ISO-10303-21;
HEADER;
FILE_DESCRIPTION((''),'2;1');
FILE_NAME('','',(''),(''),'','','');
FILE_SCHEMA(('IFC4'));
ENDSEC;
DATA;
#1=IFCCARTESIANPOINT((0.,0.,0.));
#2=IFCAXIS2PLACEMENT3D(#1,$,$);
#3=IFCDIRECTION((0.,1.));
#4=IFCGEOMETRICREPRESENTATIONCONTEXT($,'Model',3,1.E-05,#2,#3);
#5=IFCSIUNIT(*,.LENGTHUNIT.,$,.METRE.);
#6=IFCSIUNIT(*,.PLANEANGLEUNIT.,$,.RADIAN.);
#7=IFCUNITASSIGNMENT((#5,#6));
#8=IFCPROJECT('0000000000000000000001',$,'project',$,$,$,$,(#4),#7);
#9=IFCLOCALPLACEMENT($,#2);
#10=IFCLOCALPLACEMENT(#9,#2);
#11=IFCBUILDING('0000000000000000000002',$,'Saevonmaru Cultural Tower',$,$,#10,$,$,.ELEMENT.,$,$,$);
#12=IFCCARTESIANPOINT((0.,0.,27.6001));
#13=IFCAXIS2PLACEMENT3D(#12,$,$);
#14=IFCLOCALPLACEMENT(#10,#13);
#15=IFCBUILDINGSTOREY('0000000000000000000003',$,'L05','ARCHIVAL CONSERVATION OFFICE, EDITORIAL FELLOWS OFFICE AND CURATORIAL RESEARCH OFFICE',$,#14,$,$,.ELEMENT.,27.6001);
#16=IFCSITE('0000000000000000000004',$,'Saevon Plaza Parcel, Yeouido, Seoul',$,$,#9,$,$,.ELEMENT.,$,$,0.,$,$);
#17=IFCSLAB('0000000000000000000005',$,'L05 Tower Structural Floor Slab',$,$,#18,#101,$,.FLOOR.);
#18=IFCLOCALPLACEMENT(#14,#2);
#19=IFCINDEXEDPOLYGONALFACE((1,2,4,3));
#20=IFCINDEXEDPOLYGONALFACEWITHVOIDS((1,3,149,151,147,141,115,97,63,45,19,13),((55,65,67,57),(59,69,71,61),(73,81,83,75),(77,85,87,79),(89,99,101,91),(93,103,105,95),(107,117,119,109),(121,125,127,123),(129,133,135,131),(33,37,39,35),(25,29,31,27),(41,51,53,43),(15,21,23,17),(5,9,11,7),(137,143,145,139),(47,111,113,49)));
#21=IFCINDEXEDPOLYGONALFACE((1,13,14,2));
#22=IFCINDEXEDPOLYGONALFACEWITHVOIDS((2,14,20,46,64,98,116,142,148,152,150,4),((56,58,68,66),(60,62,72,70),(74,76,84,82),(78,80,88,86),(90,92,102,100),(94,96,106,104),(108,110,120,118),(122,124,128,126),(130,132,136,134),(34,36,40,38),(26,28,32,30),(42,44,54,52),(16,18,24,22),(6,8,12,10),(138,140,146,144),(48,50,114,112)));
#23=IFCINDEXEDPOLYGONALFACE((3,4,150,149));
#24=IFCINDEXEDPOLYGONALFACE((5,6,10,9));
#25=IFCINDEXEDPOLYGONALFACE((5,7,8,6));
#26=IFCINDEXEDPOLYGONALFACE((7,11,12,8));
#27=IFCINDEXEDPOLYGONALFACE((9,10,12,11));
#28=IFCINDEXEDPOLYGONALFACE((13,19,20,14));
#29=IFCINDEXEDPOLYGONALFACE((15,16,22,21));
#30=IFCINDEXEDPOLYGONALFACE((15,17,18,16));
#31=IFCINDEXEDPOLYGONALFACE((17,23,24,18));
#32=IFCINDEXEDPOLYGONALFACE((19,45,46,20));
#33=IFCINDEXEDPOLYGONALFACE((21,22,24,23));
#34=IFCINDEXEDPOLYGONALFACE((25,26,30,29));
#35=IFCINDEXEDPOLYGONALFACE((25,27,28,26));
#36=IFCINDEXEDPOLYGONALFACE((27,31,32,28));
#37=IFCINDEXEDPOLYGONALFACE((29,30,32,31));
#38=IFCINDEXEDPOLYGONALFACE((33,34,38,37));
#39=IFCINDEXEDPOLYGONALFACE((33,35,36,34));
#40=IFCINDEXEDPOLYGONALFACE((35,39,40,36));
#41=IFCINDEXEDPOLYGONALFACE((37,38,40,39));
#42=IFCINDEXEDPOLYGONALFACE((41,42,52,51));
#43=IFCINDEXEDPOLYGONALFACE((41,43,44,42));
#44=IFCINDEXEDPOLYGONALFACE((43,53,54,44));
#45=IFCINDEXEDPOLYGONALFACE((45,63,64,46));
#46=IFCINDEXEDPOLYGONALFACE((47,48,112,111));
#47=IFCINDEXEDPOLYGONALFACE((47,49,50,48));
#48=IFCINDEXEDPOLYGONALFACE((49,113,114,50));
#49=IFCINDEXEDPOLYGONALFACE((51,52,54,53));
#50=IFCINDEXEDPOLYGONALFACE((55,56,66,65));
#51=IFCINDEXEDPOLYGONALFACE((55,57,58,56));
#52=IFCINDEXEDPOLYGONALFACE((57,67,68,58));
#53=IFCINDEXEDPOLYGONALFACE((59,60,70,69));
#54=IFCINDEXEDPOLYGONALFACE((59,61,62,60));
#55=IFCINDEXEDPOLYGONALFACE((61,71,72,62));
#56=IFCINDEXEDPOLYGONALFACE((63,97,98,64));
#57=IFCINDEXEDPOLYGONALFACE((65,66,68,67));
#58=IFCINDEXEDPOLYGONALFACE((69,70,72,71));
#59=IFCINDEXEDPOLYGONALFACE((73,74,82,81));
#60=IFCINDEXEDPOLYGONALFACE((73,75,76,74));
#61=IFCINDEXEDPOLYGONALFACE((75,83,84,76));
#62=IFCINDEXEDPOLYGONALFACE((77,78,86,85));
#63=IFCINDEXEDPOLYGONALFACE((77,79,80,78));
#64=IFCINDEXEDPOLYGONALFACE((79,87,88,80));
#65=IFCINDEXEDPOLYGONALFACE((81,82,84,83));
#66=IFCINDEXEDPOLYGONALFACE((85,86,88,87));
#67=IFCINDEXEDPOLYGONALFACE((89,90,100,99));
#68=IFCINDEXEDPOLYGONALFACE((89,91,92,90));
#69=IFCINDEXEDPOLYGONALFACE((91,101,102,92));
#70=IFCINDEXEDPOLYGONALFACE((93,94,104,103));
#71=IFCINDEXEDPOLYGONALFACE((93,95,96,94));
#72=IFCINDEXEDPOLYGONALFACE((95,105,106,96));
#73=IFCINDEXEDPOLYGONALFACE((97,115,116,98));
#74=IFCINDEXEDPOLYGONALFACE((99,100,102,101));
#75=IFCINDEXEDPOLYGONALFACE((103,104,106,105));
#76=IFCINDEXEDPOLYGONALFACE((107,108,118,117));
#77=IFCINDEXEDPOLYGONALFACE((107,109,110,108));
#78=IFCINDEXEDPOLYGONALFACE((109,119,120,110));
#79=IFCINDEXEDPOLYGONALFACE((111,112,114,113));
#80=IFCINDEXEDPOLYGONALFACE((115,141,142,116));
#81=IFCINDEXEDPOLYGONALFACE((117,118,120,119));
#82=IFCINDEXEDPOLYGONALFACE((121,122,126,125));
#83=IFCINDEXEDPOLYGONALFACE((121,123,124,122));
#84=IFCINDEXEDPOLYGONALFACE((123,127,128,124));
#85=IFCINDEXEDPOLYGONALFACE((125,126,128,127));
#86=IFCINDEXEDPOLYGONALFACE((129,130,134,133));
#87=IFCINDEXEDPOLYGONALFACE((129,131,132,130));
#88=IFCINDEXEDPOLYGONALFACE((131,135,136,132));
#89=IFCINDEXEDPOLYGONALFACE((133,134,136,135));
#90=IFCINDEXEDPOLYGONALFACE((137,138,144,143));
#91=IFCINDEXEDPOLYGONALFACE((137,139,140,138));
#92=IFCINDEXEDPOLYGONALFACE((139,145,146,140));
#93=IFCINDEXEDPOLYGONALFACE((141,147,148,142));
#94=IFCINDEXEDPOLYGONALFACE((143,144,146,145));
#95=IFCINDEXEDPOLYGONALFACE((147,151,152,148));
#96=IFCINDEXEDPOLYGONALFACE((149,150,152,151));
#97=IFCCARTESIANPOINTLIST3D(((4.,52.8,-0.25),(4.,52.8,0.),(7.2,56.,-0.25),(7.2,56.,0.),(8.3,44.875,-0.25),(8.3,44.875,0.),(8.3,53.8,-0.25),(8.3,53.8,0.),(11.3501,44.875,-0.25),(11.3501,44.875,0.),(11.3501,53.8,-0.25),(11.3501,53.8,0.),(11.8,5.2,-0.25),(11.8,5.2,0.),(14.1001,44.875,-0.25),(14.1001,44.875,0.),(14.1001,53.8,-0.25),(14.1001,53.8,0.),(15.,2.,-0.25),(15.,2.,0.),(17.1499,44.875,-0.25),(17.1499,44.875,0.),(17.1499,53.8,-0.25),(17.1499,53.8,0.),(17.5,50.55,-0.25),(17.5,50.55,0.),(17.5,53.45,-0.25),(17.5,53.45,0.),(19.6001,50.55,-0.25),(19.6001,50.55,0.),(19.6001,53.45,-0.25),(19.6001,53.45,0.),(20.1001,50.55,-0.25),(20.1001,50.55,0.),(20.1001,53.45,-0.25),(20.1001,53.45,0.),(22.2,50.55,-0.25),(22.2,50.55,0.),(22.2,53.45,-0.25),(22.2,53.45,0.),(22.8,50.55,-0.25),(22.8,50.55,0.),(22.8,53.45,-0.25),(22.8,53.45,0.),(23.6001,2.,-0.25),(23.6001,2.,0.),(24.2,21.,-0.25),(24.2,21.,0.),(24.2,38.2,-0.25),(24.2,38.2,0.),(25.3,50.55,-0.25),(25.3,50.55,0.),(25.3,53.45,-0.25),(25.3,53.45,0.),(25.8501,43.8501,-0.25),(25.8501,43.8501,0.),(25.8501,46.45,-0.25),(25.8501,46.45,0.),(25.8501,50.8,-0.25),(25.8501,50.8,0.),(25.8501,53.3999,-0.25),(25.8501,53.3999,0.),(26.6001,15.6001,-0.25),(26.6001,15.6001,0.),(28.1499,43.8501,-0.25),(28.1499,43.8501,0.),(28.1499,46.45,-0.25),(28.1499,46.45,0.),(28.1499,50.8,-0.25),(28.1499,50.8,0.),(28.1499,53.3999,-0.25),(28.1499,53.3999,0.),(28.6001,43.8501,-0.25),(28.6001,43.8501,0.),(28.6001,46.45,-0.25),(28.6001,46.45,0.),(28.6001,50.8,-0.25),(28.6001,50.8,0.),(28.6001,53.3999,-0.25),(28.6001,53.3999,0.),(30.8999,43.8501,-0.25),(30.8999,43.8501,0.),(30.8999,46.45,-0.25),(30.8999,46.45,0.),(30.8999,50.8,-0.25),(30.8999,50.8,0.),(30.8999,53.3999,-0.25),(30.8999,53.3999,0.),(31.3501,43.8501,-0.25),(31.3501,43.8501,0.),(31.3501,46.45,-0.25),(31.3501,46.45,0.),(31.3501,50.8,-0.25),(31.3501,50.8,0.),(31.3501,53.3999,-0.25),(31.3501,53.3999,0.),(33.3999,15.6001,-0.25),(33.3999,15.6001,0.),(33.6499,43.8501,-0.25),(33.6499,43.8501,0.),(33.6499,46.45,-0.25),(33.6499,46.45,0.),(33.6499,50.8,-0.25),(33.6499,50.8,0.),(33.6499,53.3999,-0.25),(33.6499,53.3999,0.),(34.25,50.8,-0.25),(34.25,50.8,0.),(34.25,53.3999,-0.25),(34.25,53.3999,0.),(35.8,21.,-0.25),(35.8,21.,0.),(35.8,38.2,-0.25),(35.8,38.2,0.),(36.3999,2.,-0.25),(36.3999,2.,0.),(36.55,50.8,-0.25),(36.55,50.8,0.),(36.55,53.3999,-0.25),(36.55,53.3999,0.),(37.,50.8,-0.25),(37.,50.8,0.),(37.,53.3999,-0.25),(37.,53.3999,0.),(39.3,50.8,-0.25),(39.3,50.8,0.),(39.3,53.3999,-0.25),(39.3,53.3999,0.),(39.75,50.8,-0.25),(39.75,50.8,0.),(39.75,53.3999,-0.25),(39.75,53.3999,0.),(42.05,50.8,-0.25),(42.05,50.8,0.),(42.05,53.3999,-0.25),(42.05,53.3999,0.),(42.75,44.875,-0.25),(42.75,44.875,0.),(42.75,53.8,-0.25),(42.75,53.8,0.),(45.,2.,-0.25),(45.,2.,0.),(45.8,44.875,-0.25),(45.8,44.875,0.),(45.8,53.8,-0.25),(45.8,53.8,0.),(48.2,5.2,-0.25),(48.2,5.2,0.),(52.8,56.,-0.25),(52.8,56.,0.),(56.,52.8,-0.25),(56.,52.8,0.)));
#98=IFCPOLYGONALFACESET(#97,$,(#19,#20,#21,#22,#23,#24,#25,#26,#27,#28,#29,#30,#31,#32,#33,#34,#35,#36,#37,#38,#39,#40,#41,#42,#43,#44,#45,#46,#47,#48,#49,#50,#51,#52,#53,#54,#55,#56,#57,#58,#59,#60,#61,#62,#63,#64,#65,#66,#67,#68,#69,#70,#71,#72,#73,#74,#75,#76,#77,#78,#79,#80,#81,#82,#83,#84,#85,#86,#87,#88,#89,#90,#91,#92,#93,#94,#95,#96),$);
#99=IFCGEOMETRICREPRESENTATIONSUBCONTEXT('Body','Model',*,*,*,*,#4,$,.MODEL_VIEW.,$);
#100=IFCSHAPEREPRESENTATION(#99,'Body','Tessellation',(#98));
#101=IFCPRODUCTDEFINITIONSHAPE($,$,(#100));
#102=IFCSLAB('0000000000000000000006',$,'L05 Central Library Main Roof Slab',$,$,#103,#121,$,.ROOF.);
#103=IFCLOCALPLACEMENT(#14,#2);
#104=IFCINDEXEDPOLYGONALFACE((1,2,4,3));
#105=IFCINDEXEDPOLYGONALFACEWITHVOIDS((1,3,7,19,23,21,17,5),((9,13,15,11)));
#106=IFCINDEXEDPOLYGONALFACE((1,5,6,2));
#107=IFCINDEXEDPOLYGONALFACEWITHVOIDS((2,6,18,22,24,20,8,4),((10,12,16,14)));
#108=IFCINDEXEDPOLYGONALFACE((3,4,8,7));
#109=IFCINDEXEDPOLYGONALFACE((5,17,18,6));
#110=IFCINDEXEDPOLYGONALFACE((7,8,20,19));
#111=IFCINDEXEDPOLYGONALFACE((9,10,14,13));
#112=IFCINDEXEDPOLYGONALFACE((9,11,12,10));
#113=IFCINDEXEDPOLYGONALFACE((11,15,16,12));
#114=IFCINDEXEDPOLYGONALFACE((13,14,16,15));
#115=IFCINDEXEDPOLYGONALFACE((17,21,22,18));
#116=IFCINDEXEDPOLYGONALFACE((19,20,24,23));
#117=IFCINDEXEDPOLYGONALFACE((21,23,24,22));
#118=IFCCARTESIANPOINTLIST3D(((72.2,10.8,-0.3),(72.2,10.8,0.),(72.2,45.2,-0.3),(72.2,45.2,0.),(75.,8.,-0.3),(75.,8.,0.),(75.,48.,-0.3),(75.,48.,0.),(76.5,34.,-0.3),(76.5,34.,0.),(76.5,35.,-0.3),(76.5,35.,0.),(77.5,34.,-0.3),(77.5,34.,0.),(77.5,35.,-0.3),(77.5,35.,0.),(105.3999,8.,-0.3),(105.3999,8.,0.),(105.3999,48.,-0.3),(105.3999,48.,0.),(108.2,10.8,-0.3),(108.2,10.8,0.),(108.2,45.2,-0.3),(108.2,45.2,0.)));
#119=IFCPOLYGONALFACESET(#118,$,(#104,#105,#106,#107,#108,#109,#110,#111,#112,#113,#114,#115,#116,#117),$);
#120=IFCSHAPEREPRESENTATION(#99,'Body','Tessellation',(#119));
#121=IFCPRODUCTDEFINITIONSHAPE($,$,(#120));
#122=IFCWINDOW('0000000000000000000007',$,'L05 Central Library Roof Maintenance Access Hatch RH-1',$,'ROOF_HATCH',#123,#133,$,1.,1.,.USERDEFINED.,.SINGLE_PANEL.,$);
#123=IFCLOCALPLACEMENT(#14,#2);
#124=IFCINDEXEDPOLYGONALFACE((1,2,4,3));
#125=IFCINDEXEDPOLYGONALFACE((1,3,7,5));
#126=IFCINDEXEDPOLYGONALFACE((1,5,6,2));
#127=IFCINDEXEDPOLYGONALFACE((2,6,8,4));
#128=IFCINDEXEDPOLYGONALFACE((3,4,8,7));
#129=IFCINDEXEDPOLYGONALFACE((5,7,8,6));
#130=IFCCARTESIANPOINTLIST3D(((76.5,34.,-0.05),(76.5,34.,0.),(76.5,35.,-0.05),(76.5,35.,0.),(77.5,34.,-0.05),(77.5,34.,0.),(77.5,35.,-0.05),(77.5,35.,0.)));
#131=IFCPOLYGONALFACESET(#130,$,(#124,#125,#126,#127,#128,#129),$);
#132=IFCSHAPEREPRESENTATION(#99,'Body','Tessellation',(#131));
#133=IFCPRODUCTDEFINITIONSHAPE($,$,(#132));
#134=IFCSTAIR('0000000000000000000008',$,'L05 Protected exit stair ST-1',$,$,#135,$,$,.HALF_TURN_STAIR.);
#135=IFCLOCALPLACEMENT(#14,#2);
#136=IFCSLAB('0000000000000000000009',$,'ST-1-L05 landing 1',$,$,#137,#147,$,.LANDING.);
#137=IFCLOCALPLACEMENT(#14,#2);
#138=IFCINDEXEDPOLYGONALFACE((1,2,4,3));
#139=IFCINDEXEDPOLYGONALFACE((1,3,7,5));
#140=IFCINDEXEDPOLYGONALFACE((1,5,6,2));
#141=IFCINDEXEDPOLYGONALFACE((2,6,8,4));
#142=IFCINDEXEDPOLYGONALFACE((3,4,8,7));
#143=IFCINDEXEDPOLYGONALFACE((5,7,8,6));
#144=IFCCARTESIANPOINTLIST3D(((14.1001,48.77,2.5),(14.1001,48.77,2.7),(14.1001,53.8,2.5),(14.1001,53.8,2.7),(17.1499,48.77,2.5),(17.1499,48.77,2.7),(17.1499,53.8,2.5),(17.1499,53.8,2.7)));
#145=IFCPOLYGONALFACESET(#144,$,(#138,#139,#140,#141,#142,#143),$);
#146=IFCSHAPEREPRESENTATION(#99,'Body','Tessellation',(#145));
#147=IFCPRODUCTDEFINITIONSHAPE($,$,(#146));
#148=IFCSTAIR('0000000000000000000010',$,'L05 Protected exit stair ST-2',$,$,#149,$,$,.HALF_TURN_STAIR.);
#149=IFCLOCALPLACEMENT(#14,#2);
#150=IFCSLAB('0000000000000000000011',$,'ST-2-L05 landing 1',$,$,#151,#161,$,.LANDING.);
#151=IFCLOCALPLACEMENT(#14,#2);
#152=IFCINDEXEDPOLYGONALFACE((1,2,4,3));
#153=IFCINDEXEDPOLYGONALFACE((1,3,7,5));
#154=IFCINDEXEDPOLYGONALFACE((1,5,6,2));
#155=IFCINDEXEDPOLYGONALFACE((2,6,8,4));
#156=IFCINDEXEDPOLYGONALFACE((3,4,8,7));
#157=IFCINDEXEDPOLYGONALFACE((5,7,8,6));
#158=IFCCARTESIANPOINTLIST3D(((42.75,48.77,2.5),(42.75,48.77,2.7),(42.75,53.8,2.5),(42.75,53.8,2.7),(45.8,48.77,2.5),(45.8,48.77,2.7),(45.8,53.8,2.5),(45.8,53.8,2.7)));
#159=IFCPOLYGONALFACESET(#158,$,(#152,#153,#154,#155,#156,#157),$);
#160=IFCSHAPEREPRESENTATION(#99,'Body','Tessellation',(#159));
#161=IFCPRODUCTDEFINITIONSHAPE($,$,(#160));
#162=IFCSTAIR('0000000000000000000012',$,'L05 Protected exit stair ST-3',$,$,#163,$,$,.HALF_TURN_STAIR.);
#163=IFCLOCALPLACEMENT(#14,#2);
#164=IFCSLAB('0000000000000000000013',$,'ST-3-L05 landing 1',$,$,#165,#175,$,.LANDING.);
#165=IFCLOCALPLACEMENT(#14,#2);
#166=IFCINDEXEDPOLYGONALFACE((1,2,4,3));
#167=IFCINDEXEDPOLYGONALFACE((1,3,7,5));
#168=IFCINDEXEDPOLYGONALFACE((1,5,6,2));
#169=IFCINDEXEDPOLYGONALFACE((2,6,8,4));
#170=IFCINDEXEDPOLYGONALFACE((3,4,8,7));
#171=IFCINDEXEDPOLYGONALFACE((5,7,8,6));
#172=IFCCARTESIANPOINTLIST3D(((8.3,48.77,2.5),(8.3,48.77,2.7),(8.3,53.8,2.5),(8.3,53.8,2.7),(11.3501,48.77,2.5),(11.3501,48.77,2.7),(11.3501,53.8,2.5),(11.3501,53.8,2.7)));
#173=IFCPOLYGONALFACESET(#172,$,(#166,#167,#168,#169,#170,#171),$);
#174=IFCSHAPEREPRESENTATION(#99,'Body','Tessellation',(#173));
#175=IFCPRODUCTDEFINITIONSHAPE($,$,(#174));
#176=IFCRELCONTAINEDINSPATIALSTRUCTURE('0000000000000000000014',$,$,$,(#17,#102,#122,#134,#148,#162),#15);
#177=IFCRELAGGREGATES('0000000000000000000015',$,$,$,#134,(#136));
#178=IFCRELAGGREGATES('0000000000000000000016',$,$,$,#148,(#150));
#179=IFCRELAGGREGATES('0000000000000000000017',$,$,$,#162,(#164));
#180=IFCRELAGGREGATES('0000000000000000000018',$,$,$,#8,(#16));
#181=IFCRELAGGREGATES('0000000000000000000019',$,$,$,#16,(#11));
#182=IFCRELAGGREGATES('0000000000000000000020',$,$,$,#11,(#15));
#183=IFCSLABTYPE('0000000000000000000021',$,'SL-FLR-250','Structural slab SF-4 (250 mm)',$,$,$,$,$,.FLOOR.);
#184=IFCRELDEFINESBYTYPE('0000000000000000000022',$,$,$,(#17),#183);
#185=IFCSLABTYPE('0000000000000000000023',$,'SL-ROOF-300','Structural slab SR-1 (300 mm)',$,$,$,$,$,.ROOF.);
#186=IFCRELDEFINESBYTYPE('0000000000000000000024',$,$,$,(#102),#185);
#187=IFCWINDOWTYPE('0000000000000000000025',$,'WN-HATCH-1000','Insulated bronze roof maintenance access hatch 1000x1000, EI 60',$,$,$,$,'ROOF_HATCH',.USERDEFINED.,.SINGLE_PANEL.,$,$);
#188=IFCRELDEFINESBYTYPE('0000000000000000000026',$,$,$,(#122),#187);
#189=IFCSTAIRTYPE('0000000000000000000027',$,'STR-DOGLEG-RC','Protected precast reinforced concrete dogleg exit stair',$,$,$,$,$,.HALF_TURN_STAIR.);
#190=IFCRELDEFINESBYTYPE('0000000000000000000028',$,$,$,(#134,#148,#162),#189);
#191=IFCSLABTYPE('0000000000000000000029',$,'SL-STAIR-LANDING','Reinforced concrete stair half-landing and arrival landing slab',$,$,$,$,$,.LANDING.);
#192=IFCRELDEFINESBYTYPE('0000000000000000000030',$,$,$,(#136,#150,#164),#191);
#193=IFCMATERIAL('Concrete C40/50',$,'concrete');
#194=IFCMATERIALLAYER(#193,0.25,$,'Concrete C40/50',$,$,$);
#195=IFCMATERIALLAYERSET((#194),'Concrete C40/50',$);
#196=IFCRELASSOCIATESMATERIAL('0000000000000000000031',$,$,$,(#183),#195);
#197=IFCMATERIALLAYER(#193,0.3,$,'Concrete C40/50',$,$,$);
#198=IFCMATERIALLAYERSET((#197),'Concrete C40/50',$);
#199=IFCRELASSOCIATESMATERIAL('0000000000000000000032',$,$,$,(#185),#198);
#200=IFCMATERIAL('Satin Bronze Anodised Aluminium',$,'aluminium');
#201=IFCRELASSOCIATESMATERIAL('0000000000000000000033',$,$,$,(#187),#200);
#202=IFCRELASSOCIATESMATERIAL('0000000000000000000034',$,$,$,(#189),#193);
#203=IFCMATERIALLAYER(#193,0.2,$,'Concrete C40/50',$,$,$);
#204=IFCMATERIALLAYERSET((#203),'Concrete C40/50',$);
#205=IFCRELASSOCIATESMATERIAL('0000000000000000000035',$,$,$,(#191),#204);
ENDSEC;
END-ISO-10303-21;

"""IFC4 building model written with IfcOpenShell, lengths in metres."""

from ifc_helpers import new_model, si_unit, direction, frame, origin, origin_2d, place, context, subcontext, project, spatial, polyline, rectangle, outline, extrude, material, layer, layer_set, type_object, element, fill, aggregate, save


model = new_model("IFC4")

# Units and contexts
model_context = context("Model", 3, precision=1e-05, world=origin(), true_north=direction((0.0, 1.0)))
body_context = subcontext(model_context, "Body", "Model", "MODEL_VIEW")
ifc_project = project(units=[si_unit("LENGTHUNIT", "METRE"), si_unit("PLANEANGLEUNIT", "RADIAN")], contexts=[model_context])

# Site, building, storey
site_placement = place(None, origin())
site = spatial("IfcSite", under=ifc_project, at=site_placement, Name="Saevon Plaza Parcel, Yeouido, Seoul", CompositionType="ELEMENT", RefElevation=0.0)
building_placement = place(site_placement, origin())
building = spatial("IfcBuilding", under=site, at=building_placement, Name="Saevonmaru Cultural Tower", CompositionType="ELEMENT")
storey_placement = place(building_placement, frame((0.0, 0.0, 27.6001)))
storey = spatial("IfcBuildingStorey", under=building, at=storey_placement, Name="L05", Description="ARCHIVAL CONSERVATION OFFICE, EDITORIAL FELLOWS OFFICE AND CURATORIAL RESEARCH OFFICE", CompositionType="ELEMENT", Elevation=27.6001)

# Slab
ifc_material_1 = material(Name="Concrete C40/50", Category="concrete")
ifc_layer_1 = layer(ifc_material_1, 0.25, Name="Concrete C40/50")
ifc_layer_set_1 = layer_set([ifc_layer_1], Name="Concrete C40/50")
slab_type_1 = type_object("IfcSlabType", Name="SL-FLR-250", Description="Structural slab SF-4 (250 mm)", PredefinedType="FLOOR", material=ifc_layer_set_1)
slab_1_placement = place(storey_placement, frame((0.0, 0.0, -0.25)))
element("IfcSlab", 1, at=slab_1_placement, inside=storey, type_object=slab_type_1, Name="L05 Tower Structural Floor Slab", PredefinedType="FLOOR", context=body_context, shape_type="SweptSolid", body=[
    extrude(outline(polyline([(11.8, 5.2), (15.0, 2.0), (23.6001, 2.0), (26.6001, 15.6001), (33.3999, 15.6001), (36.3999, 2.0), (45.0, 2.0), (48.2, 5.2), (56.0, 52.8), (52.8, 56.0), (7.2, 56.0), (4.0, 52.8), (11.8, 5.2)]), holes=[polyline([(45.8, 44.875), (42.75, 44.875), (42.75, 53.8), (45.8, 53.8), (45.8, 44.875)]), polyline([(39.75, 50.8), (39.75, 53.3999), (42.05, 53.3999), (42.05, 50.8), (39.75, 50.8)]), polyline([(37.0, 50.8), (37.0, 53.3999), (39.3, 53.3999), (39.3, 50.8), (37.0, 50.8)]), polyline([(34.25, 50.8), (34.25, 53.3999), (36.55, 53.3999), (36.55, 50.8), (34.25, 50.8)]), polyline([(24.2, 21.0), (24.2, 38.2), (35.8, 38.2), (35.8, 21.0), (24.2, 21.0)]), polyline([(31.3501, 50.8), (31.3501, 53.3999), (33.6499, 53.3999), (33.6499, 50.8), (31.3501, 50.8)]), polyline([(31.3501, 43.8501), (31.3501, 46.45), (33.6499, 46.45), (33.6499, 43.8501), (31.3501, 43.8501)]), polyline([(28.6001, 43.8501), (28.6001, 46.45), (30.8999, 46.45), (30.8999, 43.8501), (28.6001, 43.8501)]), polyline([(28.6001, 50.8), (28.6001, 53.3999), (30.8999, 53.3999), (30.8999, 50.8), (28.6001, 50.8)]), polyline([(25.8501, 50.8), (25.8501, 53.3999), (28.1499, 53.3999), (28.1499, 50.8), (25.8501, 50.8)]), polyline([(25.8501, 43.8501), (25.8501, 46.45), (28.1499, 46.45), (28.1499, 43.8501), (25.8501, 43.8501)]), polyline([(22.8, 50.55), (22.8, 53.45), (25.3, 53.45), (25.3, 50.55), (22.8, 50.55)]), polyline([(20.1001, 50.55), (20.1001, 53.45), (22.2, 53.45), (22.2, 50.55), (20.1001, 50.55)]), polyline([(17.5, 50.55), (17.5, 53.45), (19.6001, 53.45), (19.6001, 50.55), (17.5, 50.55)]), polyline([(17.1499, 44.875), (14.1001, 44.875), (14.1001, 53.8), (17.1499, 53.8), (17.1499, 44.875)]), polyline([(11.3501, 44.875), (8.3, 44.875), (8.3, 53.8), (11.3501, 53.8), (11.3501, 44.875)])]), origin(), (0.0, 0.0, 1.0), 0.25),
])

# Slab, opening, window
ifc_layer_2 = layer(ifc_material_1, 0.3, Name="Concrete C40/50")
ifc_layer_set_2 = layer_set([ifc_layer_2], Name="Concrete C40/50")
slab_type_2 = type_object("IfcSlabType", Name="SL-ROOF-300", Description="Structural slab SR-1 (300 mm)", PredefinedType="ROOF", material=ifc_layer_set_2)
slab_2_placement = place(storey_placement, frame((0.0, 0.0, -0.3)))
slab_2 = element("IfcSlab", 2, at=slab_2_placement, inside=storey, type_object=slab_type_2, Name="L05 Central Library Main Roof Slab", PredefinedType="ROOF", context=body_context, shape_type="SweptSolid", body=[
    extrude(outline(polyline([(72.2, 10.8), (75.0, 8.0), (105.3999, 8.0), (108.2, 10.8), (108.2, 45.2), (105.3999, 48.0), (75.0, 48.0), (72.2, 45.2), (72.2, 10.8)]), holes=[polyline([(76.5, 34.0), (76.5, 35.0), (77.5, 35.0), (77.5, 34.0), (76.5, 34.0)])]), origin(), (0.0, 0.0, 1.0), 0.3),
])
opening_placement = place(slab_2_placement, frame((77.0, 34.5, 0.0)))
opening = element("IfcOpeningElement", 3, at=opening_placement, cuts=slab_2, PredefinedType="OPENING", context=body_context, shape_type="SweptSolid", body=[
    extrude(rectangle(XDim=1.0, YDim=1.0, at=origin_2d()), frame((0.0, 0.0, -0.01)), (0.0, 0.0, 1.0), 0.3201),
])
ifc_material_2 = material(Name="Satin Bronze Anodised Aluminium", Category="aluminium")
window_type = type_object("IfcWindowType", Name="WN-HATCH-1000", Description="Insulated bronze roof maintenance access hatch 1000x1000, EI 60", ElementType="ROOF_HATCH", PartitioningType="SINGLE_PANEL", PredefinedType="USERDEFINED", material=ifc_material_2)
window_placement = place(opening_placement, frame((0.0, 0.0, 0.25)))
window = element("IfcWindow", 4, at=window_placement, inside=storey, type_object=window_type, Name="L05 Central Library Roof Maintenance Access Hatch RH-1", ObjectType="ROOF_HATCH", OverallHeight=1.0, OverallWidth=1.0, PartitioningType="SINGLE_PANEL", PredefinedType="USERDEFINED", context=body_context, shape_type="SweptSolid", body=[
    extrude(rectangle(XDim=1.0, YDim=1.0, at=origin_2d()), origin(), (0.0, 0.0, 1.0), 0.05),
])
fill(opening, window)

# Stairs, slabs
stair_type = type_object("IfcStairType", Name="STR-DOGLEG-RC", Description="Protected precast reinforced concrete dogleg exit stair", PredefinedType="HALF_TURN_STAIR", material=ifc_material_1)
stair_1_placement = place(storey_placement, origin())
stair_1 = element("IfcStair", 5, at=stair_1_placement, inside=storey, type_object=stair_type, Name="L05 Protected exit stair ST-1", PredefinedType="HALF_TURN_STAIR")
ifc_layer_3 = layer(ifc_material_1, 0.2, Name="Concrete C40/50")
ifc_layer_set_3 = layer_set([ifc_layer_3], Name="Concrete C40/50")
slab_type_3 = type_object("IfcSlabType", Name="SL-STAIR-LANDING", Description="Reinforced concrete stair half-landing and arrival landing slab", PredefinedType="LANDING", material=ifc_layer_set_3)
slab_3_placement = place(storey_placement, frame((0.0, 0.0, 2.5)))
slab_3 = element("IfcSlab", 6, at=slab_3_placement, type_object=slab_type_3, Name="ST-1-L05 landing 1", PredefinedType="LANDING", context=body_context, shape_type="SweptSolid", body=[
    extrude(outline(polyline([(17.1499, 48.77), (17.1499, 53.8), (14.1001, 53.8), (14.1001, 48.77), (17.1499, 48.77)])), origin(), (0.0, 0.0, 1.0), 0.2),
])
aggregate(stair_1, [slab_3])
stair_2_placement = place(storey_placement, origin())
stair_2 = element("IfcStair", 7, at=stair_2_placement, inside=storey, type_object=stair_type, Name="L05 Protected exit stair ST-2", PredefinedType="HALF_TURN_STAIR")
slab_4_placement = place(storey_placement, frame((0.0, 0.0, 2.5)))
slab_4 = element("IfcSlab", 8, at=slab_4_placement, type_object=slab_type_3, Name="ST-2-L05 landing 1", PredefinedType="LANDING", context=body_context, shape_type="SweptSolid", body=[
    extrude(outline(polyline([(45.8, 48.77), (45.8, 53.8), (42.75, 53.8), (42.75, 48.77), (45.8, 48.77)])), origin(), (0.0, 0.0, 1.0), 0.2),
])
aggregate(stair_2, [slab_4])
stair_3_placement = place(storey_placement, origin())
stair_3 = element("IfcStair", 9, at=stair_3_placement, inside=storey, type_object=stair_type, Name="L05 Protected exit stair ST-3", PredefinedType="HALF_TURN_STAIR")
slab_5_placement = place(storey_placement, frame((0.0, 0.0, 2.5)))
slab_5 = element("IfcSlab", 10, at=slab_5_placement, type_object=slab_type_3, Name="ST-3-L05 landing 1", PredefinedType="LANDING", context=body_context, shape_type="SweptSolid", body=[
    extrude(outline(polyline([(11.3501, 48.77), (11.3501, 53.8), (8.3, 53.8), (8.3, 48.77), (11.3501, 48.77)])), origin(), (0.0, 0.0, 1.0), 0.2),
])
aggregate(stair_3, [slab_5])

save(model, "model.ifc")
